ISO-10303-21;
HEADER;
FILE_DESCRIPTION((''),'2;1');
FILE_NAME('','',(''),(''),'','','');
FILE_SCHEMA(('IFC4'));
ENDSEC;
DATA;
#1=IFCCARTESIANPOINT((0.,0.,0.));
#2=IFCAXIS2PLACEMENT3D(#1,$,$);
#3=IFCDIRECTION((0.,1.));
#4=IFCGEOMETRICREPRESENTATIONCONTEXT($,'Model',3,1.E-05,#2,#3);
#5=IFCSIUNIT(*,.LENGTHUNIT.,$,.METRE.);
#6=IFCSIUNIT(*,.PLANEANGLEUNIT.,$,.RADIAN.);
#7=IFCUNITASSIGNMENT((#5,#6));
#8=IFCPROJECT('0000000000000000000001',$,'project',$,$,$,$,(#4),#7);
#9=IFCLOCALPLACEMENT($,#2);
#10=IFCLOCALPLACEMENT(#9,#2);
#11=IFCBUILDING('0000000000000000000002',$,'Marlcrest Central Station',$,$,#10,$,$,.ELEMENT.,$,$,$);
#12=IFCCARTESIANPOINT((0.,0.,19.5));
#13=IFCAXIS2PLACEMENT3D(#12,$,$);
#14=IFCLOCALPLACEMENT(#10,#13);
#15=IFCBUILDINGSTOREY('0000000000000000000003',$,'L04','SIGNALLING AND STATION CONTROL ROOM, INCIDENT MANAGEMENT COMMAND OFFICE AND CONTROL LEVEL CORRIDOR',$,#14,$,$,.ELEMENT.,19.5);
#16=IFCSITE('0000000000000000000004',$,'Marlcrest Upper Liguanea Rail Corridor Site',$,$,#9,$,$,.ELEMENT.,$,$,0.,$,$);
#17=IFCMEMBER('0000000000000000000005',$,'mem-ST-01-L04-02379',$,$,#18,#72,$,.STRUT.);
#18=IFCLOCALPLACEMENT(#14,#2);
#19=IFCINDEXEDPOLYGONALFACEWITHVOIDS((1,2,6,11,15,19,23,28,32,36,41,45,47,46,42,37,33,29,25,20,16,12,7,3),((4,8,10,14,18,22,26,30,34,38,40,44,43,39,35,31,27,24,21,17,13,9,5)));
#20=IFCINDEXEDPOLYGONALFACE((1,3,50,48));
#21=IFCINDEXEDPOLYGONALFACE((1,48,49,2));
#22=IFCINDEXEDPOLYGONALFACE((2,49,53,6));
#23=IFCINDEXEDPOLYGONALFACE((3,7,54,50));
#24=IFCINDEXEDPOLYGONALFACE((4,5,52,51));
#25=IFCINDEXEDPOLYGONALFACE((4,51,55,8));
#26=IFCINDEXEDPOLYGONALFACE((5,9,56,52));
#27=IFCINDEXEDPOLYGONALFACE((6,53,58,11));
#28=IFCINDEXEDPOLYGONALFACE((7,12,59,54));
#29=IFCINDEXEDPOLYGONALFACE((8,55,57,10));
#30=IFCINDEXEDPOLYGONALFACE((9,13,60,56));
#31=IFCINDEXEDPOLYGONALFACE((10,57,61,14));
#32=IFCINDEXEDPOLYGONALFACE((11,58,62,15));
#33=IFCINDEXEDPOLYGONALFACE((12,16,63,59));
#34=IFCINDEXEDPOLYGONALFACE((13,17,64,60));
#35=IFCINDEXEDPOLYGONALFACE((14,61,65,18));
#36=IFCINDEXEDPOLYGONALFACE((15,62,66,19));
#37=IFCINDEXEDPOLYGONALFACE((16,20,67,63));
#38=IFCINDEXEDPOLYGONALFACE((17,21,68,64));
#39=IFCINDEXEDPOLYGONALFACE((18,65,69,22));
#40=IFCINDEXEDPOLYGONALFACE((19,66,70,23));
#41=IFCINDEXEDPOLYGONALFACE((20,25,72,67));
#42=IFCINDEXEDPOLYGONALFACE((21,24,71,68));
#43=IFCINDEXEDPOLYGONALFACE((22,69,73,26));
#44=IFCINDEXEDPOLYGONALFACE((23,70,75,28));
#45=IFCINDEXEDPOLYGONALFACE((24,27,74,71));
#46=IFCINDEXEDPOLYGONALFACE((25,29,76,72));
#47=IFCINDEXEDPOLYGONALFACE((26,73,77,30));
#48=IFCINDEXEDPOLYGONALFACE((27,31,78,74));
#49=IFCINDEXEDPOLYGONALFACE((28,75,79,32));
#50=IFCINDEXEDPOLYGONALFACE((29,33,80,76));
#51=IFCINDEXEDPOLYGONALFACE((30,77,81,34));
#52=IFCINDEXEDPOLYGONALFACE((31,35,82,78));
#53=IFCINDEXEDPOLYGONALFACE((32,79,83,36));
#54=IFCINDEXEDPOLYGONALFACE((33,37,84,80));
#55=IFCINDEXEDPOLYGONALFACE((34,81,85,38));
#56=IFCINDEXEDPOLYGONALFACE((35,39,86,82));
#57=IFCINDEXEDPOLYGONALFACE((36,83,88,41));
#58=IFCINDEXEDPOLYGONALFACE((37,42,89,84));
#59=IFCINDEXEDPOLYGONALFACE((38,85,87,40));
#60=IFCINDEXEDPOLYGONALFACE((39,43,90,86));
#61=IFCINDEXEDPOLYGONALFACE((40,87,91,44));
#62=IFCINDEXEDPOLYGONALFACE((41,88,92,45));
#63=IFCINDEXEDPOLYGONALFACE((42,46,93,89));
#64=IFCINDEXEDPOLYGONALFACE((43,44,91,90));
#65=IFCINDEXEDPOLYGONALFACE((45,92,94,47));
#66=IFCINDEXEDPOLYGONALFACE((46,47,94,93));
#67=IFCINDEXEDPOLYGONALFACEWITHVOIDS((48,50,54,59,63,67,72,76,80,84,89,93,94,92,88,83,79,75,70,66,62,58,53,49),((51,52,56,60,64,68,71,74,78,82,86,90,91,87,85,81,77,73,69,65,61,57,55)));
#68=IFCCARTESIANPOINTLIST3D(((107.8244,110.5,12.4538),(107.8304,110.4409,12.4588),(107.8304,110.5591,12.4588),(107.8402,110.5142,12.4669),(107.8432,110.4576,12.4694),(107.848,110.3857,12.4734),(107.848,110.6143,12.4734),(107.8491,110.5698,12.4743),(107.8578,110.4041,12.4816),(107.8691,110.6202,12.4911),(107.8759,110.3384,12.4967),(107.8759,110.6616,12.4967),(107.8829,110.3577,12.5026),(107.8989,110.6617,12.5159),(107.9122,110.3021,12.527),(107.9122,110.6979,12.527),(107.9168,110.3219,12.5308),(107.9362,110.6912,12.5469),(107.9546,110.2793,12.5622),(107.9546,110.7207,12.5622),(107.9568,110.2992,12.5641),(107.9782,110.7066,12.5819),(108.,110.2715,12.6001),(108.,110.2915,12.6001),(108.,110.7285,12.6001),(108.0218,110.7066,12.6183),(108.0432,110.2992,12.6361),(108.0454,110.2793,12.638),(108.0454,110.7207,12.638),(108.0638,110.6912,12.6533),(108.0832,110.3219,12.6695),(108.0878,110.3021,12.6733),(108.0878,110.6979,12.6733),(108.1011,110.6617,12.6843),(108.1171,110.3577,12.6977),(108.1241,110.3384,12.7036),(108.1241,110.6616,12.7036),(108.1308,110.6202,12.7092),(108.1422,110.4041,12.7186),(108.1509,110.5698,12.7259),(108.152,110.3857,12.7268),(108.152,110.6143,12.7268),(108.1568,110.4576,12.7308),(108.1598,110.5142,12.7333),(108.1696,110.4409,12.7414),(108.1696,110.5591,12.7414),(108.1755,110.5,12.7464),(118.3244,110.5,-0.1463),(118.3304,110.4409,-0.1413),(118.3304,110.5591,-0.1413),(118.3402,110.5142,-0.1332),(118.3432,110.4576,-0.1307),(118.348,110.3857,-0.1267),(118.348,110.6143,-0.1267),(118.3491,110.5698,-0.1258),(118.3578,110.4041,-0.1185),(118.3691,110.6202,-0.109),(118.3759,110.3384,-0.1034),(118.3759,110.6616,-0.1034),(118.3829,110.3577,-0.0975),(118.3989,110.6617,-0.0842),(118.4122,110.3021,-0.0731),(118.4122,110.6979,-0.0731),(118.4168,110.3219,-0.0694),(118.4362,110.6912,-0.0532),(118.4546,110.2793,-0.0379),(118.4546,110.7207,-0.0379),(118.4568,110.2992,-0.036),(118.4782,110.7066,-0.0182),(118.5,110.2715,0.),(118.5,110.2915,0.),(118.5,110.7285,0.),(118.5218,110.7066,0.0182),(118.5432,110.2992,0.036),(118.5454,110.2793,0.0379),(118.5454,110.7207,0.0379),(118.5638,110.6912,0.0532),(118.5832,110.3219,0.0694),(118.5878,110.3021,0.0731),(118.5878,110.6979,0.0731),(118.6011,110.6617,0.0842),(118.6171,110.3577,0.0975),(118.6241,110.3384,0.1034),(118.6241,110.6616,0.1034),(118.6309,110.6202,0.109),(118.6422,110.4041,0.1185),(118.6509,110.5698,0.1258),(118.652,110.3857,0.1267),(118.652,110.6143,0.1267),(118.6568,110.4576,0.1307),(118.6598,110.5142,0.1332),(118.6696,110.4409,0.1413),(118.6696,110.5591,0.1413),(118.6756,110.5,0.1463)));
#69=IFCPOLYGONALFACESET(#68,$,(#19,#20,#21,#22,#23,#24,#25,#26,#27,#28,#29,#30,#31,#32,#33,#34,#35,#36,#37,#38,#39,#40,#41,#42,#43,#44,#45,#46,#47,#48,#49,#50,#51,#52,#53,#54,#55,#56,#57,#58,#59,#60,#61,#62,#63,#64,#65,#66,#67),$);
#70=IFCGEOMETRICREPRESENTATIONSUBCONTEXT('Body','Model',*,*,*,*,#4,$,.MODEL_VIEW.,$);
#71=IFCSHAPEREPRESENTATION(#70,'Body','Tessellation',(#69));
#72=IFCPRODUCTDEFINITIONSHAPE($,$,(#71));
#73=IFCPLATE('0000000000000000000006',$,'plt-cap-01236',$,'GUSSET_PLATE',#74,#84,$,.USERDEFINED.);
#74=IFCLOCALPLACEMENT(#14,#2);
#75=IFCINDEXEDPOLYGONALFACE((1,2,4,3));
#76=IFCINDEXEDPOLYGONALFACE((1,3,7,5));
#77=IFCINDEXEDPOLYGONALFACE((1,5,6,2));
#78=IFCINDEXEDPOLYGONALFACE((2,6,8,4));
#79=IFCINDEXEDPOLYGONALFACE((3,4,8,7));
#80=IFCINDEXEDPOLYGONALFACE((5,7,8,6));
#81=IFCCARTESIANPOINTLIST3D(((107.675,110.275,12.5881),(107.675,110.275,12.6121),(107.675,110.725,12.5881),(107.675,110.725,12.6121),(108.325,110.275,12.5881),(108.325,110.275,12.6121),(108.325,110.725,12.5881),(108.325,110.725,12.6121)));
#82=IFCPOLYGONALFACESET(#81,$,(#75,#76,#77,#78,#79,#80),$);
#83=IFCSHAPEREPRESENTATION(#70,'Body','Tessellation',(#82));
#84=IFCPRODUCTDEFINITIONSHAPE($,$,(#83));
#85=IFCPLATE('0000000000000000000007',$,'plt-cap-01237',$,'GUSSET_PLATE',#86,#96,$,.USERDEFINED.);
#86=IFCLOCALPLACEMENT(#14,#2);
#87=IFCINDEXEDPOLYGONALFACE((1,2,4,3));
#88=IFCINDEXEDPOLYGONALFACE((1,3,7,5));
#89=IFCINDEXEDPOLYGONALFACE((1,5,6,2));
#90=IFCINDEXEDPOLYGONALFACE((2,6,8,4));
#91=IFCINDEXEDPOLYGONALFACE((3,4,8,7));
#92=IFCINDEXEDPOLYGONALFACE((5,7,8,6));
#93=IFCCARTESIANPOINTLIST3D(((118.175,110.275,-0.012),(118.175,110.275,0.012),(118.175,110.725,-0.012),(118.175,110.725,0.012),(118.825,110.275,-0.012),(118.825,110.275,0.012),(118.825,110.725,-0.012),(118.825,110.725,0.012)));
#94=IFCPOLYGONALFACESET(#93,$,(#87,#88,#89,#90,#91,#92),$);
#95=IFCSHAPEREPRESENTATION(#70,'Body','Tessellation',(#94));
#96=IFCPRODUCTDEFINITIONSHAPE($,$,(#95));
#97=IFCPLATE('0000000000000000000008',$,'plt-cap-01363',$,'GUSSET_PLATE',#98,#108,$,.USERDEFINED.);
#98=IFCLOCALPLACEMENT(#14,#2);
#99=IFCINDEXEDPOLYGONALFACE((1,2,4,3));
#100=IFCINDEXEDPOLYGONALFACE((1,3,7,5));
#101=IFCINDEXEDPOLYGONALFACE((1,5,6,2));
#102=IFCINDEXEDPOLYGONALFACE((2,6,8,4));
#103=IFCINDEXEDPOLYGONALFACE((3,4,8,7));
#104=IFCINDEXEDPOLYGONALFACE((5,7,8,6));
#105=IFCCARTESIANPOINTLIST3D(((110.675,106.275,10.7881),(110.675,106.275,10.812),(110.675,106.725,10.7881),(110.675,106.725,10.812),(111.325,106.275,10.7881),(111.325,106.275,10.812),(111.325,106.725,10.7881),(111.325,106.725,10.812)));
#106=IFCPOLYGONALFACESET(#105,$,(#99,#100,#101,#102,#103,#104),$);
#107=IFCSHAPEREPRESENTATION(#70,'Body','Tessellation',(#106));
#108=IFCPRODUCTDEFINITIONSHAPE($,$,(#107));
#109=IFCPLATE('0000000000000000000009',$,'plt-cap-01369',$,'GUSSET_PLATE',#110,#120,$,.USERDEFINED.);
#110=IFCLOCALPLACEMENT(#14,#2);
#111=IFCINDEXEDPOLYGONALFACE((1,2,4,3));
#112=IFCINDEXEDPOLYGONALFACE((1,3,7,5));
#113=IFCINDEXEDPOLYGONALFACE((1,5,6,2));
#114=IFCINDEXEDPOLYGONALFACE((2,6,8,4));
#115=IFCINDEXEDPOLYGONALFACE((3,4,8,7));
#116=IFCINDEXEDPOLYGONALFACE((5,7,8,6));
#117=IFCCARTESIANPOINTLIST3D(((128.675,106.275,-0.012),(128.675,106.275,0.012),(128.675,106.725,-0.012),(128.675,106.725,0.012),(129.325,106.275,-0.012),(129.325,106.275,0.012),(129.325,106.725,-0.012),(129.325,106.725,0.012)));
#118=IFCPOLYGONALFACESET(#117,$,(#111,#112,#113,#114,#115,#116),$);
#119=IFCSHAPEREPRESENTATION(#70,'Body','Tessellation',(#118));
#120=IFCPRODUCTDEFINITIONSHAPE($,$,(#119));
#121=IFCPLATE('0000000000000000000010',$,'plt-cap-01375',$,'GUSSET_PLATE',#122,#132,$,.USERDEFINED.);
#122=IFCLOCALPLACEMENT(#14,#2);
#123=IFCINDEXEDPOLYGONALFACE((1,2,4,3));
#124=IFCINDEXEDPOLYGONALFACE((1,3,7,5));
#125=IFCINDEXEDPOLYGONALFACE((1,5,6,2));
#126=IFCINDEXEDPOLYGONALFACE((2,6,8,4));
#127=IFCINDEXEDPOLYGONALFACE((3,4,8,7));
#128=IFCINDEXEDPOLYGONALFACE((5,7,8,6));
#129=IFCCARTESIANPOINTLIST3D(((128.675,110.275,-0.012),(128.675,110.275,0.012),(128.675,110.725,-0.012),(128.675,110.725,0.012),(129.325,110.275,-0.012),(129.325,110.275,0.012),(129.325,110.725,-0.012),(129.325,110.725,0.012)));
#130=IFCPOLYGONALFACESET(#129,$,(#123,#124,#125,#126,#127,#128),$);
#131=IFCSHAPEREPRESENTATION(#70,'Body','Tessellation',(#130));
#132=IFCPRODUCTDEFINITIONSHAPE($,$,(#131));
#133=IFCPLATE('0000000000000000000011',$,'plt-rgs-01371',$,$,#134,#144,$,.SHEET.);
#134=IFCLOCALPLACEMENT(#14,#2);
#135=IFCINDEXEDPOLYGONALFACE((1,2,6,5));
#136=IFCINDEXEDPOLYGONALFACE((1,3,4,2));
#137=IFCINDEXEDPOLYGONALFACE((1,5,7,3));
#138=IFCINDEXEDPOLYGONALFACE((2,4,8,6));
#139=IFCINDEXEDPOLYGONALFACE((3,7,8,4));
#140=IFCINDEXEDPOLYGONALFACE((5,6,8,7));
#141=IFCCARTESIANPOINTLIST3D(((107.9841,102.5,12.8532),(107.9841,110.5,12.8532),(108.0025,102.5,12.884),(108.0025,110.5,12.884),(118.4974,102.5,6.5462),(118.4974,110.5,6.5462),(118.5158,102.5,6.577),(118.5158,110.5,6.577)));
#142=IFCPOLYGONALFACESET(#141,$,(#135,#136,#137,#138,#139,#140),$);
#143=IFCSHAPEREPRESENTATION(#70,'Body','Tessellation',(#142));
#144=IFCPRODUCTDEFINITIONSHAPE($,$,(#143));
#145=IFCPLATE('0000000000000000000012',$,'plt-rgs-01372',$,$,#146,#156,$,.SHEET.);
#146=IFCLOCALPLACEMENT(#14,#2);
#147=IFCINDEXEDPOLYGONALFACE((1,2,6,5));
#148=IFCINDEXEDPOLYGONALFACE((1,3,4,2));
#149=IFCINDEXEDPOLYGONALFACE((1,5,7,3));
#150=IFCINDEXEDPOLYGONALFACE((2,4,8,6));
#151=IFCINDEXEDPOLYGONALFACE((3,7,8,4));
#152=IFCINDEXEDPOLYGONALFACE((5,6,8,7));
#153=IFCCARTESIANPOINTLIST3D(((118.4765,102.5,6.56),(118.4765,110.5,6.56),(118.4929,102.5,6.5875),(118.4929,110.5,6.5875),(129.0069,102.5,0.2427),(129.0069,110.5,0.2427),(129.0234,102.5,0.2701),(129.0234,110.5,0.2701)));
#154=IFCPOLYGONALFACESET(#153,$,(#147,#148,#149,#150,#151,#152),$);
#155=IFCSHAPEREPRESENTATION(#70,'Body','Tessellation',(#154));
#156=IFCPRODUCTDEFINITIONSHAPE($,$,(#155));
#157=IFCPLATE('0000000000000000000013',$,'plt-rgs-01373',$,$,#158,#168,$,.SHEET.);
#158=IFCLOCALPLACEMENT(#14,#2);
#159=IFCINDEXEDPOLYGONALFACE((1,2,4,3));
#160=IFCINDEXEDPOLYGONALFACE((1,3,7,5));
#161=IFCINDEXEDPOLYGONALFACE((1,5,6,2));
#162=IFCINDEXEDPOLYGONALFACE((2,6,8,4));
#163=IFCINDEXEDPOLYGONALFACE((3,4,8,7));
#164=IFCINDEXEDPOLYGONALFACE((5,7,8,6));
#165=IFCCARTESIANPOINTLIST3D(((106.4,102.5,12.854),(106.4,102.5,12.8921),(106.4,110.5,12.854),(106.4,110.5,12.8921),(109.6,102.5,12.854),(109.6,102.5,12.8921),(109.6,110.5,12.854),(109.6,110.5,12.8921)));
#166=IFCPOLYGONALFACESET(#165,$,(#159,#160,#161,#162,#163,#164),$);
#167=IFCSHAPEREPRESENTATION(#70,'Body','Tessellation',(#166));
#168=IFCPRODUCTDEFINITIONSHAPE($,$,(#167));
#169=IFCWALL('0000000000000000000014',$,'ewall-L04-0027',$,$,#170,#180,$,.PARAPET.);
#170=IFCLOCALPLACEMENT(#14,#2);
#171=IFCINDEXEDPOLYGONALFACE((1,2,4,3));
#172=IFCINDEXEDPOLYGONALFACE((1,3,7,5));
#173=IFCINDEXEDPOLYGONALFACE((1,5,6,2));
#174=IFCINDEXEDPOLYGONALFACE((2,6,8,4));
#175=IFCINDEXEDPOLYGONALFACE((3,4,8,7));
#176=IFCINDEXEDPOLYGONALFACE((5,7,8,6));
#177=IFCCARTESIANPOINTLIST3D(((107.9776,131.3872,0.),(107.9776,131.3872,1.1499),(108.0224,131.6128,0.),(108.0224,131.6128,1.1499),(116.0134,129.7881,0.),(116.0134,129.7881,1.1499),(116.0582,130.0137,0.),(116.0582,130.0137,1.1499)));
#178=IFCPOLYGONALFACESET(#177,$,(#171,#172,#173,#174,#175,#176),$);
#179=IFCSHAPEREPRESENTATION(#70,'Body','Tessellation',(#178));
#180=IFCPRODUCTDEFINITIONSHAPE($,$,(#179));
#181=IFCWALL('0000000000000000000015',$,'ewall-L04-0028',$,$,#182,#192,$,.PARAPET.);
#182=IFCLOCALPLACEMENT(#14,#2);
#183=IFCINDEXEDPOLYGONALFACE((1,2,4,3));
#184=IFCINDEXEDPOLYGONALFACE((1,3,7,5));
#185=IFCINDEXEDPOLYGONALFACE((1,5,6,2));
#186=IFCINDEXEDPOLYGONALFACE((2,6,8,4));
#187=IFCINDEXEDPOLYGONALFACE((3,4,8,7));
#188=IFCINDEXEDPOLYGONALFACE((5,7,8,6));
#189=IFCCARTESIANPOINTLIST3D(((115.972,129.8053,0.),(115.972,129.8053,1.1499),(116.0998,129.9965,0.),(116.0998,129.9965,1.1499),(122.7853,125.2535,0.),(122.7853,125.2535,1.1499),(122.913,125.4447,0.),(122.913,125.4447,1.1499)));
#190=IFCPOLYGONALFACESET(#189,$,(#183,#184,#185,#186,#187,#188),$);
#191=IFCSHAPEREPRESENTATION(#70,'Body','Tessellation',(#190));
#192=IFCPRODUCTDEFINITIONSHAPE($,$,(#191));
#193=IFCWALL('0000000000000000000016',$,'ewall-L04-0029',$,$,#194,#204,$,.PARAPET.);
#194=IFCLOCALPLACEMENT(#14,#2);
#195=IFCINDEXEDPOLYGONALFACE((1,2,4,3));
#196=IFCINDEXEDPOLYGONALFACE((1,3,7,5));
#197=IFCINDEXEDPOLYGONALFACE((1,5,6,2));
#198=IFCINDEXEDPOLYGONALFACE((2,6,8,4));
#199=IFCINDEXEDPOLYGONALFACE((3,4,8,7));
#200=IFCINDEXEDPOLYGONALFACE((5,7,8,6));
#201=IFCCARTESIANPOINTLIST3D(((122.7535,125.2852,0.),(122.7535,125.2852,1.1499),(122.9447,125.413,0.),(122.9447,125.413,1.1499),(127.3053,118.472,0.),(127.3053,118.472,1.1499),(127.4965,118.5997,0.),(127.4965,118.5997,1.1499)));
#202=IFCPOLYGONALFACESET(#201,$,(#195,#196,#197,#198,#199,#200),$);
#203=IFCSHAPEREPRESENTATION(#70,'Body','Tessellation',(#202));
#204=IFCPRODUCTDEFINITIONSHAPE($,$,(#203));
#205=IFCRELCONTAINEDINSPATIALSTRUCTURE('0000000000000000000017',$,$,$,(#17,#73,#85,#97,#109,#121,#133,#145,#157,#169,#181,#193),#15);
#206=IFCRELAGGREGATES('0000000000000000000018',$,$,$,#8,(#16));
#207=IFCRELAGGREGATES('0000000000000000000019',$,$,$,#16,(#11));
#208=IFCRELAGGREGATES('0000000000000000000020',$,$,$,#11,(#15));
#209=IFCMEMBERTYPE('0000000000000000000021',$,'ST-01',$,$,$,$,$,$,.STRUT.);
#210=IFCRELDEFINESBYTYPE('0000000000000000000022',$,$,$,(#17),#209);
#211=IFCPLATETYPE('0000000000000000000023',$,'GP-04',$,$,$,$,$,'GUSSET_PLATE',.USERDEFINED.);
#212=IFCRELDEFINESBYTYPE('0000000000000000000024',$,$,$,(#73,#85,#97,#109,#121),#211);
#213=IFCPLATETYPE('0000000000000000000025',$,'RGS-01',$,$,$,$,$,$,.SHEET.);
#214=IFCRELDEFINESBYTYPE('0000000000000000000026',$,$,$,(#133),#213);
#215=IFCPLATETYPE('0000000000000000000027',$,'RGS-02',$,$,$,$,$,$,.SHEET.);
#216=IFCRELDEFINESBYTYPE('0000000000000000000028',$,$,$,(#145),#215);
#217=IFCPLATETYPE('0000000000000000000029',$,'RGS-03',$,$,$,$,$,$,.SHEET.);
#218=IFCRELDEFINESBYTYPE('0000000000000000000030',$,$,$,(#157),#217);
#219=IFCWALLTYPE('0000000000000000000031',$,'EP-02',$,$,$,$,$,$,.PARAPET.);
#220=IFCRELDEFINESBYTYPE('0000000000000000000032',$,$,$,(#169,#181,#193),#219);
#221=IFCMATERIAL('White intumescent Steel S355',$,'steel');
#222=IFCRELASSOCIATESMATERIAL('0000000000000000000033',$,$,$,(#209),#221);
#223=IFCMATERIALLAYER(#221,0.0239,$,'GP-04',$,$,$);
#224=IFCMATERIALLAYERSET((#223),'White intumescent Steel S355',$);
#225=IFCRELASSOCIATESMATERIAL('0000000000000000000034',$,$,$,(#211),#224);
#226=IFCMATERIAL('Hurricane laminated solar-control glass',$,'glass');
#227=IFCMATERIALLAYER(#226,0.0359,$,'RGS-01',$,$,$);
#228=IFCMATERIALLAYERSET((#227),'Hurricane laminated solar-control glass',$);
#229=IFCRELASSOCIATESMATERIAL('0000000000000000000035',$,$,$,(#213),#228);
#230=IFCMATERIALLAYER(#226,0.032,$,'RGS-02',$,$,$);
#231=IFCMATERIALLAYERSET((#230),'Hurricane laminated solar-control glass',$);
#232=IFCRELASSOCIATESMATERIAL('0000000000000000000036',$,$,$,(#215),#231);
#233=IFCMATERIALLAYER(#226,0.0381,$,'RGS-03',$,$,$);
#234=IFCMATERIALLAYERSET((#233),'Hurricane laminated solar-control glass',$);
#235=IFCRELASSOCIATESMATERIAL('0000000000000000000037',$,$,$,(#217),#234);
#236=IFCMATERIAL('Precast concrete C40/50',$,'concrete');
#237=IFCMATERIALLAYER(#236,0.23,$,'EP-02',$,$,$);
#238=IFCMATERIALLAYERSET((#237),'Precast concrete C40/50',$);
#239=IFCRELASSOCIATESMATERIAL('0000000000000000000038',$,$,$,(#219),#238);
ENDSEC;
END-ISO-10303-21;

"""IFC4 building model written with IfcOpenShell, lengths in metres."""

from ifc_helpers import new_model, si_unit, direction, frame, frame_2d, origin, origin_2d, place, context, subcontext, project, spatial, rectangle, hollow_circle, extrude, material, layer, layer_set, material_profile, profile_set, type_object, element, save


model = new_model("IFC4")

# Units and contexts
model_context = context("Model", 3, precision=1e-05, world=origin(), true_north=direction((0.0, 1.0)))
body_context = subcontext(model_context, "Body", "Model", "MODEL_VIEW")
ifc_project = project(units=[si_unit("LENGTHUNIT", "METRE"), si_unit("PLANEANGLEUNIT", "RADIAN")], contexts=[model_context])

# Site, building, storey
site_placement = place(None, origin())
site = spatial("IfcSite", under=ifc_project, at=site_placement, Name="Marlcrest Upper Liguanea Rail Corridor Site", CompositionType="ELEMENT", RefElevation=0.0)
building_placement = place(site_placement, origin())
building = spatial("IfcBuilding", under=site, at=building_placement, Name="Marlcrest Central Station", CompositionType="ELEMENT")
storey_placement = place(building_placement, frame((0.0, 0.0, 19.5)))
storey = spatial("IfcBuildingStorey", under=building, at=storey_placement, Name="L04", Description="SIGNALLING AND STATION CONTROL ROOM, INCIDENT MANAGEMENT COMMAND OFFICE AND CONTROL LEVEL CORRIDOR", CompositionType="ELEMENT", Elevation=19.5)

# Member
ifc_material_1 = material(Name="White intumescent Steel S355", Category="steel")
ifc_material_profile_1 = material_profile(ifc_material_1, hollow_circle(Radius=0.2285, WallThickness=0.02, at=origin_2d()), Name="CHS 457x20")
ifc_profile_set_1 = profile_set([ifc_material_profile_1], Name="White intumescent Steel S355")
member_type_1 = type_object("IfcMemberType", Name="ST-01", PredefinedType="STRUT", material=ifc_profile_set_1)
member_placement = place(storey_placement, frame((118.5, 110.5, 0.0), z_axis=(-0.640181, 0.0, 0.768224), x_axis=(0.0, -1.0, 0.0)))
element("IfcMember", 1, at=member_placement, inside=storey, type_object=member_type_1, Name="mem-ST-01-L04-02379", PredefinedType="STRUT", context=body_context, shape_type="SweptSolid", body=[
    extrude(hollow_circle(Radius=0.2285, WallThickness=0.02, at=origin_2d()), origin(), (0.0, 0.0, 1.0), 16.4016),
])

# Plates
ifc_layer_1 = layer(ifc_material_1, 0.0239, Name="GP-04")
ifc_layer_set_1 = layer_set([ifc_layer_1], Name="White intumescent Steel S355")
plate_type_1 = type_object("IfcPlateType", Name="GP-04", ElementType="GUSSET_PLATE", PredefinedType="USERDEFINED", material=ifc_layer_set_1)
for number, where, z_axis, x_axis, name in (
    (2, (108.0, 110.5, 12.5881), (0.0, 0.0, 1.0), (1.0, 0.0, 0.0), "plt-cap-01236"),
    (3, (118.5, 110.5, -0.012), (0.0, 0.0, 1.0), (1.0, 0.0, 0.0), "plt-cap-01237"),
    (4, (111.0, 106.5, 10.7881), (0.0, 0.0, 1.0), (1.0, 0.0, 0.0), "plt-cap-01363"),
    (5, (129.0, 106.5, -0.012), (0.0, 0.0, 1.0), (1.0, 0.0, 0.0), "plt-cap-01369"),
    (6, (129.0, 110.5, -0.012), (0.0, 0.0, 1.0), (1.0, 0.0, 0.0), "plt-cap-01375"),
):
    element("IfcPlate", number, at=place(storey_placement, frame(where, z_axis=z_axis, x_axis=x_axis)), inside=storey, type_object=plate_type_1, Name=name, ObjectType="GUSSET_PLATE", PredefinedType="USERDEFINED", context=body_context, shape_type="SweptSolid", body=[
        extrude(rectangle(XDim=0.6499, YDim=0.45, at=origin_2d()), origin(), (0.0, 0.0, 1.0), 0.0239),
    ])
ifc_material_2 = material(Name="Hurricane laminated solar-control glass", Category="glass")
ifc_layer_2 = layer(ifc_material_2, 0.0359, Name="RGS-01")
ifc_layer_set_2 = layer_set([ifc_layer_2], Name="Hurricane laminated solar-control glass")
plate_type_2 = type_object("IfcPlateType", Name="RGS-01", PredefinedType="SHEET", material=ifc_layer_set_2)
plate_1_placement = place(storey_placement, frame((113.2407, 106.5, 9.6997), z_axis=(0.51444, 0.0, 0.857527), x_axis=(0.857527, 0.0, -0.51444)))
element("IfcPlate", 7, at=plate_1_placement, inside=storey, type_object=plate_type_2, Name="plt-rgs-01371", PredefinedType="SHEET", context=body_context, shape_type="SweptSolid", body=[
    extrude(rectangle(XDim=12.26, YDim=8.0, at=origin_2d()), origin(), (0.0, 0.0, 1.0), 0.0359),
])
ifc_layer_3 = layer(ifc_material_2, 0.032, Name="RGS-02")
ifc_layer_set_3 = layer_set([ifc_layer_3], Name="Hurricane laminated solar-control glass")
plate_type_3 = type_object("IfcPlateType", Name="RGS-02", PredefinedType="SHEET", material=ifc_layer_set_3)
plate_2_placement = place(storey_placement, frame((123.7417, 106.5, 3.4014), z_axis=(0.51444, 0.0, 0.857527), x_axis=(0.857527, 0.0, -0.51444)))
element("IfcPlate", 8, at=plate_2_placement, inside=storey, type_object=plate_type_3, Name="plt-rgs-01372", PredefinedType="SHEET", context=body_context, shape_type="SweptSolid", body=[
    extrude(rectangle(XDim=12.28, YDim=8.0, at=origin_2d()), origin(), (0.0, 0.0, 1.0), 0.032),
])
ifc_layer_4 = layer(ifc_material_2, 0.0381, Name="RGS-03")
ifc_layer_set_4 = layer_set([ifc_layer_4], Name="Hurricane laminated solar-control glass")
plate_type_4 = type_object("IfcPlateType", Name="RGS-03", PredefinedType="SHEET", material=ifc_layer_set_4)
plate_3_placement = place(storey_placement, frame((108.0, 106.5, 12.854), z_axis=(0.0, 0.0, 1.0), x_axis=(1.0, 0.0, 0.0)))
element("IfcPlate", 9, at=plate_3_placement, inside=storey, type_object=plate_type_4, Name="plt-rgs-01373", PredefinedType="SHEET", context=body_context, shape_type="SweptSolid", body=[
    extrude(rectangle(XDim=3.2, YDim=8.0, at=origin_2d()), origin(), (0.0, 0.0, 1.0), 0.0381),
])

# Walls
ifc_material_3 = material(Name="Precast concrete C40/50", Category="concrete")
ifc_layer_5 = layer(ifc_material_3, 0.23, Name="EP-02")
ifc_layer_set_5 = layer_set([ifc_layer_5], Name="Precast concrete C40/50")
wall_type = type_object("IfcWallType", Name="EP-02", PredefinedType="PARAPET", material=ifc_layer_set_5)
wall_1_placement = place(storey_placement, frame((108.0, 131.5, 0.0), z_axis=(0.0, 0.0, 1.0), x_axis=(0.980769, -0.195171, 0.0)))
element("IfcWall", 10, at=wall_1_placement, inside=storey, type_object=wall_type, Name="ewall-L04-0027", PredefinedType="PARAPET", context=body_context, shape_type="SweptSolid", body=[
    extrude(rectangle(XDim=8.1934, YDim=0.23, at=frame_2d((4.0967, 0.0))), origin(), (0.0, 0.0, 1.0), 1.1499),
])
for number, where, z_axis, x_axis, name in (
    (11, (116.0359, 129.9009, 0.0), (0.0, 0.0, 1.0), (0.831509, -0.555511, 0.0), "ewall-L04-0028"),
    (12, (122.8491, 125.3491, 0.0), (0.0, 0.0, 1.0), (0.555511, -0.831509, 0.0), "ewall-L04-0029"),
):
    element("IfcWall", number, at=place(storey_placement, frame(where, z_axis=z_axis, x_axis=x_axis)), inside=storey, type_object=wall_type, Name=name, PredefinedType="PARAPET", context=body_context, shape_type="SweptSolid", body=[
        extrude(rectangle(XDim=8.1938, YDim=0.23, at=frame_2d((4.0969, 0.0))), origin(), (0.0, 0.0, 1.0), 1.1499),
    ])

save(model, "model.ifc")
